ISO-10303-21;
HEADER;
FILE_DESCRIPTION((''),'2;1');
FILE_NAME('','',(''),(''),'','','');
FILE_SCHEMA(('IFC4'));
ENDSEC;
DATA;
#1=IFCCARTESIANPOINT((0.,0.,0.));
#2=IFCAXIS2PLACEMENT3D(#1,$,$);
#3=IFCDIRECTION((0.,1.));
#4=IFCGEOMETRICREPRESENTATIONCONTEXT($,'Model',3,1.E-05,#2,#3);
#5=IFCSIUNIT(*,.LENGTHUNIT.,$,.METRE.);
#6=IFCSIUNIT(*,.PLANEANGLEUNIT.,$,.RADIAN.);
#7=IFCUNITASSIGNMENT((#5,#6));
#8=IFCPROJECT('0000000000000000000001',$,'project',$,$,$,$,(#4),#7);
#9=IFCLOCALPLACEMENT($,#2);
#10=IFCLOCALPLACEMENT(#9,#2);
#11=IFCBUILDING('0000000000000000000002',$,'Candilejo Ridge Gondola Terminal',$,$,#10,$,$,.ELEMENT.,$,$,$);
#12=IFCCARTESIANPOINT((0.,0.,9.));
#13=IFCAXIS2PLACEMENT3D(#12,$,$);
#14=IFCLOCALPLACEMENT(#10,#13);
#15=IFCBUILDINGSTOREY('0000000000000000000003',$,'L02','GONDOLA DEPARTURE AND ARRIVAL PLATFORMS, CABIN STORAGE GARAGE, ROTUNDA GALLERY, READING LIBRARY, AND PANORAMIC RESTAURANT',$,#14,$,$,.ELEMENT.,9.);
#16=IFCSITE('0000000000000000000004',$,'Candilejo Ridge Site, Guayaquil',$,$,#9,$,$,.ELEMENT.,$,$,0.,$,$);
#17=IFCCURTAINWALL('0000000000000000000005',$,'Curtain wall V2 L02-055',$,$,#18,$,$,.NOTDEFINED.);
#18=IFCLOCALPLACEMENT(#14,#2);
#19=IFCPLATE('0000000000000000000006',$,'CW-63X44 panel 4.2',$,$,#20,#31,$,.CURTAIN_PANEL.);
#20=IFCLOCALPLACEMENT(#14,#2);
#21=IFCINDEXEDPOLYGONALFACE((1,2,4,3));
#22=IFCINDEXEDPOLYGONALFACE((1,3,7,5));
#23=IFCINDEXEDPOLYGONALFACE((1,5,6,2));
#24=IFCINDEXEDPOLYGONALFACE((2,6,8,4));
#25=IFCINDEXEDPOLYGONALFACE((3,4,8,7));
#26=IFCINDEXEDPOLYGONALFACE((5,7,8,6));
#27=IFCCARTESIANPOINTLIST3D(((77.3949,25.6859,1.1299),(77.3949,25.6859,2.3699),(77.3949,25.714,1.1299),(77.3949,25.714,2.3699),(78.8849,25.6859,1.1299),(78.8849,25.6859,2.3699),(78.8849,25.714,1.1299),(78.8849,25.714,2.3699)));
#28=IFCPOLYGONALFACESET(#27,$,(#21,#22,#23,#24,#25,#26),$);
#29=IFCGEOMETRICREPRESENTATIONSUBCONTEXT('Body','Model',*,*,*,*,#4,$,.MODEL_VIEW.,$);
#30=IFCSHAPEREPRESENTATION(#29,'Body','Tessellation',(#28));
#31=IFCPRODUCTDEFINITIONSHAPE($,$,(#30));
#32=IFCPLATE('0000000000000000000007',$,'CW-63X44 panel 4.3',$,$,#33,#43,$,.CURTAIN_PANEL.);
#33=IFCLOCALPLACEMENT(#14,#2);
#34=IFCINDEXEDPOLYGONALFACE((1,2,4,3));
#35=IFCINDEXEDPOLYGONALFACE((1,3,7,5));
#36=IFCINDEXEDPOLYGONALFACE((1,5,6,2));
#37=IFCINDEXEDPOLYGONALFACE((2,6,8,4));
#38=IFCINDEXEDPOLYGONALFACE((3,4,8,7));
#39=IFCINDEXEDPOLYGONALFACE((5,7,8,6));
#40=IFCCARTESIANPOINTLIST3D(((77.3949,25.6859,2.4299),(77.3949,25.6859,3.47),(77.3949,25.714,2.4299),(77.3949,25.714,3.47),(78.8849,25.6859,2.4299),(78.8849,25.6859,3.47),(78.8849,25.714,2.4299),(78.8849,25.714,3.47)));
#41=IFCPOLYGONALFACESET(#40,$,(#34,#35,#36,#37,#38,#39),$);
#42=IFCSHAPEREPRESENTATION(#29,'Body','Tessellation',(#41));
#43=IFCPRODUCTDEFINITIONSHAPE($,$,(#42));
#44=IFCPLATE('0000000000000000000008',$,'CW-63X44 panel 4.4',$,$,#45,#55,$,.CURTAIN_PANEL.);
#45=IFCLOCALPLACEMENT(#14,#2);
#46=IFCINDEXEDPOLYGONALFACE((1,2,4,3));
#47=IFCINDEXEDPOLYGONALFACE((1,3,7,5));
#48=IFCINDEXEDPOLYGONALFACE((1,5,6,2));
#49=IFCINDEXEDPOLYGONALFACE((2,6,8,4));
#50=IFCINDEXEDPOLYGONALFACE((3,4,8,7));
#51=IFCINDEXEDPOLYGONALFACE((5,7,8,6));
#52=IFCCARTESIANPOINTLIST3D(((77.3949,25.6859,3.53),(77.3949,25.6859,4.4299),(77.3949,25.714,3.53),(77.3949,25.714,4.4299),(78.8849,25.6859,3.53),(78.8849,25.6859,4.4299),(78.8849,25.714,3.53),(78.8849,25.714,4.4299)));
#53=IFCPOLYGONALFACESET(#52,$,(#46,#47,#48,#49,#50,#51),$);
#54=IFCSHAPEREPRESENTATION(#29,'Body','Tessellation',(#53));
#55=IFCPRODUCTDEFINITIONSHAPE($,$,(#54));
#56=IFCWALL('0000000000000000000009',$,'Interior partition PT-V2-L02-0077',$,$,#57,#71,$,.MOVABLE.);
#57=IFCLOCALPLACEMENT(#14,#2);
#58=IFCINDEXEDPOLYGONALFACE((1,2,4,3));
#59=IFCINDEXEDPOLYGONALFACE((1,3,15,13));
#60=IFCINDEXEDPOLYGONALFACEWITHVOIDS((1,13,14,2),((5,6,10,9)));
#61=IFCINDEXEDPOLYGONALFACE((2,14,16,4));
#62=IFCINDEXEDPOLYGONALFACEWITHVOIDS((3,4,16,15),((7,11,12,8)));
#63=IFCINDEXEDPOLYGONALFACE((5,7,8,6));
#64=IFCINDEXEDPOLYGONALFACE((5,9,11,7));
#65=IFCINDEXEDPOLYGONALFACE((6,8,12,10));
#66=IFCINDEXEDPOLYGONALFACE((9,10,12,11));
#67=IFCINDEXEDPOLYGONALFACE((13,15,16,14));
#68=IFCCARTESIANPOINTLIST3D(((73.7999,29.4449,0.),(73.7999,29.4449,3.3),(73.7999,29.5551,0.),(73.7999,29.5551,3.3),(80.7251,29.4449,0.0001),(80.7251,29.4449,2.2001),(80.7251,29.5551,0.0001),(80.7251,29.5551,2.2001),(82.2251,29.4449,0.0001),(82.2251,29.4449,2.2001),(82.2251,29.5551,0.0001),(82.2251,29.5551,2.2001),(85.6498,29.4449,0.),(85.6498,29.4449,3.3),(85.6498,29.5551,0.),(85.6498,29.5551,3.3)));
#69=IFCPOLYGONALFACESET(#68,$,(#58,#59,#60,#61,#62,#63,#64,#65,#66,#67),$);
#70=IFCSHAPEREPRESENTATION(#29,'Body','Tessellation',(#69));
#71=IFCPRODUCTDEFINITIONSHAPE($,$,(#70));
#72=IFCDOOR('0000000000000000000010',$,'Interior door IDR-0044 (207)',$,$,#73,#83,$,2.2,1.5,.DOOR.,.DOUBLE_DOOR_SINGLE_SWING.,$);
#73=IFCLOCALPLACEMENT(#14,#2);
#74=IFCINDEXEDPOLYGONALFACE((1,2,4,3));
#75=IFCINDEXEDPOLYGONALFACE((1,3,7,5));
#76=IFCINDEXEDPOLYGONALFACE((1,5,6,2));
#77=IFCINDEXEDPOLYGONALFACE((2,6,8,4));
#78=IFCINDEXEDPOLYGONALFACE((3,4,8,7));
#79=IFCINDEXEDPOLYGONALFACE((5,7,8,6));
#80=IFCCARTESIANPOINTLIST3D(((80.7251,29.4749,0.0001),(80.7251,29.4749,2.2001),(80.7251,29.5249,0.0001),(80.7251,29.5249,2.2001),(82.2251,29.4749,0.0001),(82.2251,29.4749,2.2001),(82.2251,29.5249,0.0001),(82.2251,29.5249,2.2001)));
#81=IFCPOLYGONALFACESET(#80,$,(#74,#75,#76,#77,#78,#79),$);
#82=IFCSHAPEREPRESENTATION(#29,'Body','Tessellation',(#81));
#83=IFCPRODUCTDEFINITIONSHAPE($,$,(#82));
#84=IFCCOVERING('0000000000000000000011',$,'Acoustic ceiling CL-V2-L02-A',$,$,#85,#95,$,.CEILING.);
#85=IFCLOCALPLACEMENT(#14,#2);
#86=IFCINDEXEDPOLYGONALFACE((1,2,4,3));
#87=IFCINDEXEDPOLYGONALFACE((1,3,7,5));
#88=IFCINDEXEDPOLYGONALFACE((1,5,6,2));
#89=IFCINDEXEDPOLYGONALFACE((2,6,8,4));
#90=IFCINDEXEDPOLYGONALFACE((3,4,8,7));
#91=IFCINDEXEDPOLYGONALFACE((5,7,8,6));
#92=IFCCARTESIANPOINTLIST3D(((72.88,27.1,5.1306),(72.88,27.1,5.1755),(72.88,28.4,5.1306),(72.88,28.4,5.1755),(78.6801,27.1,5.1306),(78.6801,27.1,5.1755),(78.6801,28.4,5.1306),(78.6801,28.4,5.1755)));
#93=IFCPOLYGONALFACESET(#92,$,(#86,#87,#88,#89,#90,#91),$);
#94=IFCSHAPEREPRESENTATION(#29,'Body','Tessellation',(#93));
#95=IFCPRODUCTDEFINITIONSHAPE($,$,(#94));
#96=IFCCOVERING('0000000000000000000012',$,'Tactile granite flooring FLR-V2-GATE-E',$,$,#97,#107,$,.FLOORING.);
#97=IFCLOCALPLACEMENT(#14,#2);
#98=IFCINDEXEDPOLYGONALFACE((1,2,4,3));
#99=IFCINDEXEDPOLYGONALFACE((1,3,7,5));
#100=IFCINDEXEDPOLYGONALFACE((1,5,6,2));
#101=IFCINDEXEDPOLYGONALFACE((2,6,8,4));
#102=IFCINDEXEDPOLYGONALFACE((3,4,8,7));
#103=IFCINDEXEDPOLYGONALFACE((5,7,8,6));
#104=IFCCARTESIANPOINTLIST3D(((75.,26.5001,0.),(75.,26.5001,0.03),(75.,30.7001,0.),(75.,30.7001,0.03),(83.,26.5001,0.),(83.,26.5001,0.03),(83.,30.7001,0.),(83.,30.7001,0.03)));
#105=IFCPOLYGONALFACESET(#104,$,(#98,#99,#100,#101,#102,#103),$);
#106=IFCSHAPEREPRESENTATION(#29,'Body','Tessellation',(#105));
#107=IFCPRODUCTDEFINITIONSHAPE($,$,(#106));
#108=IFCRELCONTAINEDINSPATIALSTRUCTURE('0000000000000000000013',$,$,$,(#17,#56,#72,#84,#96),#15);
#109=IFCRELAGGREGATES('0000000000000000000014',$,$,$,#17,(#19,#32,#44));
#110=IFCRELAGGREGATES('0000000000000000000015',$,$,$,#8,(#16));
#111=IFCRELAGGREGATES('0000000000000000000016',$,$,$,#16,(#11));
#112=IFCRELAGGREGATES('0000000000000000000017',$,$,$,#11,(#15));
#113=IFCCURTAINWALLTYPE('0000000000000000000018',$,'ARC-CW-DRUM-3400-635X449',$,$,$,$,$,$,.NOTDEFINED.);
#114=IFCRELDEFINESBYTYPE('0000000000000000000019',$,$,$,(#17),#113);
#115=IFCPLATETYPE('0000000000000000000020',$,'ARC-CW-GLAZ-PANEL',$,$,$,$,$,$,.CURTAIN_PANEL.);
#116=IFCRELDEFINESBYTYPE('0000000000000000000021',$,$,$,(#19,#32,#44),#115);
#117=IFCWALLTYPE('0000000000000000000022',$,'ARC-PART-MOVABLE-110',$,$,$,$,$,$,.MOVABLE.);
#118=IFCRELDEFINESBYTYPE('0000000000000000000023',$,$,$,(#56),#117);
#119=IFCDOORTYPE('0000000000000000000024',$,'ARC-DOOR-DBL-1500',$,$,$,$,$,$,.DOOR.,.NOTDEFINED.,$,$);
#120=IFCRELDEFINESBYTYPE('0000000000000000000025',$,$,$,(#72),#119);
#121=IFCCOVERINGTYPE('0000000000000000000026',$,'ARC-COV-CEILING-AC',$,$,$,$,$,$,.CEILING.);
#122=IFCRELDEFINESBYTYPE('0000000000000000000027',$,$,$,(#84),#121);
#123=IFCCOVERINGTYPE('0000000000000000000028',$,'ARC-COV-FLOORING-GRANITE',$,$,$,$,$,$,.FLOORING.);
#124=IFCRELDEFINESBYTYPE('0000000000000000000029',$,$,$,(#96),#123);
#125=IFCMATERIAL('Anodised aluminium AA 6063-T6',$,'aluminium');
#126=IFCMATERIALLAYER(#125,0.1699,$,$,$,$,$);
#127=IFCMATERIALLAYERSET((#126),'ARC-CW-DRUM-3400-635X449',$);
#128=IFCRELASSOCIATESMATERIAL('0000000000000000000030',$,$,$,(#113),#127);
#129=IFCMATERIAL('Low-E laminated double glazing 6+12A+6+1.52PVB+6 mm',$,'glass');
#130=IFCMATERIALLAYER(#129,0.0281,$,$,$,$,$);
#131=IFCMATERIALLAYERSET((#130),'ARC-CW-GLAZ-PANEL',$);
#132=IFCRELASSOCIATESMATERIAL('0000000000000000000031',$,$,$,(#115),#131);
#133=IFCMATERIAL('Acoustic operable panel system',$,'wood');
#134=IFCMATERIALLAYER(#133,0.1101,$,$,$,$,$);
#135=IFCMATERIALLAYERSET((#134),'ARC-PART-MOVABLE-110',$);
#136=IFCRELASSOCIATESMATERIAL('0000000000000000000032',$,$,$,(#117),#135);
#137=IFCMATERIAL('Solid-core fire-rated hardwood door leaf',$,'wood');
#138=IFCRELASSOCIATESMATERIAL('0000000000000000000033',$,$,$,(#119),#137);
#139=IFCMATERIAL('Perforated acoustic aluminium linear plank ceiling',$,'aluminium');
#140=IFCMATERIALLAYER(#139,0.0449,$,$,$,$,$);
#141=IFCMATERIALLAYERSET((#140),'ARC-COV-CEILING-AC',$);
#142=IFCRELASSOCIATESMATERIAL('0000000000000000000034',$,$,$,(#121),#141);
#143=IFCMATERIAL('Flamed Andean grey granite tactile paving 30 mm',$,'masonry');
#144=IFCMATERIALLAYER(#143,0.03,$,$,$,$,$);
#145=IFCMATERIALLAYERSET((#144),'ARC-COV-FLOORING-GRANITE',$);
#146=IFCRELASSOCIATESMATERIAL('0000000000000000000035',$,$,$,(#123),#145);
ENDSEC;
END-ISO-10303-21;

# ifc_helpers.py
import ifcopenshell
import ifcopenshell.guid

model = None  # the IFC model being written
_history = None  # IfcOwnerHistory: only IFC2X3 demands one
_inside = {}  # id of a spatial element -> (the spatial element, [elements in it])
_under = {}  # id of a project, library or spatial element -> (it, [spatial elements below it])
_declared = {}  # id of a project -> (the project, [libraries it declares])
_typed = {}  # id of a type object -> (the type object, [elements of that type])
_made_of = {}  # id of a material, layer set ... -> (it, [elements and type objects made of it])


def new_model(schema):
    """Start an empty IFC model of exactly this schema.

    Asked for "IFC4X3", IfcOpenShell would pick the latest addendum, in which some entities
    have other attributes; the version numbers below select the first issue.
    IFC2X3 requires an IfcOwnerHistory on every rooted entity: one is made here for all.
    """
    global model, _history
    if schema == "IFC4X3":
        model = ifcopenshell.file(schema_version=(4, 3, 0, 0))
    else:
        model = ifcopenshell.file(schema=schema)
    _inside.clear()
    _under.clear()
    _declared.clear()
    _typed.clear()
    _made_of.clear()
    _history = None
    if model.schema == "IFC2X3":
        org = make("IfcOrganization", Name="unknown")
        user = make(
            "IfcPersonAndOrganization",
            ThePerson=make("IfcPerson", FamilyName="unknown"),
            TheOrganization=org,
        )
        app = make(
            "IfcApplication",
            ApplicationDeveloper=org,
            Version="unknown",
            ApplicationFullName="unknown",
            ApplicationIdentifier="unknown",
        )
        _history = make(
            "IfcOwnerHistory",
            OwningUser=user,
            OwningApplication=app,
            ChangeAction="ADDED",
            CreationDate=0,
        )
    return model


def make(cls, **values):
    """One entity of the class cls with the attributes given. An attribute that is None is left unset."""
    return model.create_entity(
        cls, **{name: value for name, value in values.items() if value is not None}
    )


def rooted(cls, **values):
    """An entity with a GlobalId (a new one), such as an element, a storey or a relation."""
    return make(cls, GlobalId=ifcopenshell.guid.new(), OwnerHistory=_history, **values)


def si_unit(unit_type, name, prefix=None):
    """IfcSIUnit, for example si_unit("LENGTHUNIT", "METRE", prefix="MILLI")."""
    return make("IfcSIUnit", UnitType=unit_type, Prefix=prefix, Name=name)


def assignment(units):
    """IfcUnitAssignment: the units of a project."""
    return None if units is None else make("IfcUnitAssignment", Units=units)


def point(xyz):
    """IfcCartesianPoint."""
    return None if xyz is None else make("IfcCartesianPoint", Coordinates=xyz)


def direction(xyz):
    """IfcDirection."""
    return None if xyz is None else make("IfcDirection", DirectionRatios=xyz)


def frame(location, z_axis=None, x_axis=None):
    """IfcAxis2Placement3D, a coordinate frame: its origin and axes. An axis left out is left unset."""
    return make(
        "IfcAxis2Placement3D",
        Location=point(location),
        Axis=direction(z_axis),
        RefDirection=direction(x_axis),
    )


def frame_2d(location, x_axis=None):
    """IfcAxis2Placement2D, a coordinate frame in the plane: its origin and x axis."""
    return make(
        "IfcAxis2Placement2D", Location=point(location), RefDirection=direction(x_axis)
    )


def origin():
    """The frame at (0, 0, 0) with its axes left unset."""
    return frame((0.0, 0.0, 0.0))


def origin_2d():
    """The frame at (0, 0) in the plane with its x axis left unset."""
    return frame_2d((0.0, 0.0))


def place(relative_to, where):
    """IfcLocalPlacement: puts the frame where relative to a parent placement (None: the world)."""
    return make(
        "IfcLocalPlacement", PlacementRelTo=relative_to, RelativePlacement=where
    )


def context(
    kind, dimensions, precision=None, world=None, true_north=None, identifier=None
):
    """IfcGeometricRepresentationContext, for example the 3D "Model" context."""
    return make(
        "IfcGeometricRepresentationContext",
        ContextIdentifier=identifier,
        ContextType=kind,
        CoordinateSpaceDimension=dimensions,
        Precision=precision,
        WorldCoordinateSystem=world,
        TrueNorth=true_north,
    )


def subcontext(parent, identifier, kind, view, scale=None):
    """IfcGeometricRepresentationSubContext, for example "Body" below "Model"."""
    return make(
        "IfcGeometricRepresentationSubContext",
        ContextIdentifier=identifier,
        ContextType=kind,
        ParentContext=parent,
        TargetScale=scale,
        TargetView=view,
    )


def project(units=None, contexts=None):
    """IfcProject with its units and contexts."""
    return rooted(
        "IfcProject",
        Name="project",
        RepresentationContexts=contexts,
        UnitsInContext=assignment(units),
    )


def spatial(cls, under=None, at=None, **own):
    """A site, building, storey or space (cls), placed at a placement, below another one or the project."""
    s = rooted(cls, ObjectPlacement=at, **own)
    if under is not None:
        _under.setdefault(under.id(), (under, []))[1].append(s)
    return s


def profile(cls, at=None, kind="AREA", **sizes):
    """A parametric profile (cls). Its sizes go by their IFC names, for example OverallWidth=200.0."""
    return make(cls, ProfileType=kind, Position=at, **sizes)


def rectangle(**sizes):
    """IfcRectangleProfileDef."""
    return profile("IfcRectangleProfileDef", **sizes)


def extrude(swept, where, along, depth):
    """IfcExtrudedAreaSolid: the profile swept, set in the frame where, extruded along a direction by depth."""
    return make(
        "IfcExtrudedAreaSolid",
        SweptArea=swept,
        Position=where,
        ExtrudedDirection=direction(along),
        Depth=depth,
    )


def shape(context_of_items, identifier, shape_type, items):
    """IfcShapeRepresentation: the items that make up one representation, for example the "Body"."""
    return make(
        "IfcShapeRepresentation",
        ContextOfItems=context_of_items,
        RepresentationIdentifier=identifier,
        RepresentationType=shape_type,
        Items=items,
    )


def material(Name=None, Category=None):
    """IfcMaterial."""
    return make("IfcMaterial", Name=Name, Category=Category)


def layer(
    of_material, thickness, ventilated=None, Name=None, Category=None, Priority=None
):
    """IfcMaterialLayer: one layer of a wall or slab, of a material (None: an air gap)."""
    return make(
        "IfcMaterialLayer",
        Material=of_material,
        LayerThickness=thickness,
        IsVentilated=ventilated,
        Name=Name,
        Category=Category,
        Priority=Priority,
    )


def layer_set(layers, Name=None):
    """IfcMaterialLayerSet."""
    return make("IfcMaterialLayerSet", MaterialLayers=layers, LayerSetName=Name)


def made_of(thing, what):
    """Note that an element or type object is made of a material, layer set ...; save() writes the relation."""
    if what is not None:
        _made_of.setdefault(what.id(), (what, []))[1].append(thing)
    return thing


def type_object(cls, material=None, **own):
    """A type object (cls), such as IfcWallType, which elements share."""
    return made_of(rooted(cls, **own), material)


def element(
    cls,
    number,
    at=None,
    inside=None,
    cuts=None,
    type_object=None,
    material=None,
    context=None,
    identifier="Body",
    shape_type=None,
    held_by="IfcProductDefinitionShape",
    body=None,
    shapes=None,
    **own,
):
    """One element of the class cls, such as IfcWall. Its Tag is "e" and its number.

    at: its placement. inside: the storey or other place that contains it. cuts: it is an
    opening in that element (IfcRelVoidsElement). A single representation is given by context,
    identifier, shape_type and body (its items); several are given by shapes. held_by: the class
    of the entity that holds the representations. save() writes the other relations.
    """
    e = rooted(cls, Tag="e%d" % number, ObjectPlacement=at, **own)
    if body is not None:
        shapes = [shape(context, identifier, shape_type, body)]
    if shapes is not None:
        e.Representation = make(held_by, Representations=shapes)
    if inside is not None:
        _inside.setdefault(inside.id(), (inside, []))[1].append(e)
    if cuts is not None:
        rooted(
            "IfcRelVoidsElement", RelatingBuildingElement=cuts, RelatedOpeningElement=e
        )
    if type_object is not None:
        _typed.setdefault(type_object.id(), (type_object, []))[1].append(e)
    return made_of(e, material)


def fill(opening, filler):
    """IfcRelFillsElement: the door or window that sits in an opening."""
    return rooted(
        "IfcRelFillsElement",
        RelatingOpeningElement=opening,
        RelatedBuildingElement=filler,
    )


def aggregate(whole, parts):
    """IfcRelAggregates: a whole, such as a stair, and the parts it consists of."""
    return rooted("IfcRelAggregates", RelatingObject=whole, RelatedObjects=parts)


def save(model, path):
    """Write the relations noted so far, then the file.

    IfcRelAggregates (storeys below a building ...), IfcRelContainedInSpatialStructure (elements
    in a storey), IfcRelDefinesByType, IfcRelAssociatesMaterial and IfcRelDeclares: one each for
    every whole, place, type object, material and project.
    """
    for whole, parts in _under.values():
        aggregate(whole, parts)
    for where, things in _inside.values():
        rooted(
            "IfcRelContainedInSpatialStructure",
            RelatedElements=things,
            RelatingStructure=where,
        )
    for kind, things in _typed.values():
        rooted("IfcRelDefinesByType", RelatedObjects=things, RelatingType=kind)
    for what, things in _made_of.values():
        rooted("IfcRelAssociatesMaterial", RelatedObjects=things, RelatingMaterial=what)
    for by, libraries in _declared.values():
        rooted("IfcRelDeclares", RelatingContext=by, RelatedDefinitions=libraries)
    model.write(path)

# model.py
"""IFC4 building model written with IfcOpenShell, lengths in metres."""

from ifc_helpers import new_model, si_unit, direction, frame, frame_2d, origin, origin_2d, place, context, subcontext, project, spatial, rectangle, extrude, material, layer, layer_set, type_object, element, fill, aggregate, save


model = new_model("IFC4")

# Units and contexts
model_context = context("Model", 3, precision=1e-05, world=origin(), true_north=direction((0.0, 1.0)))
body_context = subcontext(model_context, "Body", "Model", "MODEL_VIEW")
ifc_project = project(units=[si_unit("LENGTHUNIT", "METRE"), si_unit("PLANEANGLEUNIT", "RADIAN")], contexts=[model_context])

# Site, building, storey
site_placement = place(None, origin())
site = spatial("IfcSite", under=ifc_project, at=site_placement, Name="Candilejo Ridge Site, Guayaquil", CompositionType="ELEMENT", RefElevation=0.0)
building_placement = place(site_placement, origin())
building = spatial("IfcBuilding", under=site, at=building_placement, Name="Candilejo Ridge Gondola Terminal", CompositionType="ELEMENT")
storey_placement = place(building_placement, frame((0.0, 0.0, 9.0)))
storey = spatial("IfcBuildingStorey", under=building, at=storey_placement, Name="L02", Description="GONDOLA DEPARTURE AND ARRIVAL PLATFORMS, CABIN STORAGE GARAGE, ROTUNDA GALLERY, READING LIBRARY, AND PANORAMIC RESTAURANT", CompositionType="ELEMENT", Elevation=9.0)

# Curtain wall, plates
ifc_material_1 = material(Name="Anodised aluminium AA 6063-T6", Category="aluminium")
ifc_layer_1 = layer(ifc_material_1, 0.1699)
ifc_layer_set_1 = layer_set([ifc_layer_1], Name="ARC-CW-DRUM-3400-635X449")
curtain_wall_type = type_object("IfcCurtainWallType", Name="ARC-CW-DRUM-3400-635X449", PredefinedType="NOTDEFINED", material=ifc_layer_set_1)
curtain_wall_placement = place(storey_placement, origin())
curtain_wall = element("IfcCurtainWall", 1, at=curtain_wall_placement, inside=storey, type_object=curtain_wall_type, Name="Curtain wall V2 L02-055", PredefinedType="NOTDEFINED")
ifc_material_2 = material(Name="Low-E laminated double glazing 6+12A+6+1.52PVB+6 mm", Category="glass")
ifc_layer_2 = layer(ifc_material_2, 0.0281)
ifc_layer_set_2 = layer_set([ifc_layer_2], Name="ARC-CW-GLAZ-PANEL")
plate_type = type_object("IfcPlateType", Name="ARC-CW-GLAZ-PANEL", PredefinedType="CURTAIN_PANEL", material=ifc_layer_set_2)
plate_1_placement = place(storey_placement, frame((78.1399, 25.7, 1.1299), z_axis=(0.0, 0.0, 1.0), x_axis=(1.0, 0.0, 0.0)))
plate_1 = element("IfcPlate", 2, at=plate_1_placement, type_object=plate_type, Name="CW-63X44 panel 4.2", PredefinedType="CURTAIN_PANEL", context=body_context, shape_type="SweptSolid", body=[
    extrude(rectangle(XDim=1.49, YDim=0.0281, at=origin_2d()), origin(), (0.0, 0.0, 1.0), 1.24),
])
plate_2_placement = place(storey_placement, frame((78.1399, 25.7, 2.4299), z_axis=(0.0, 0.0, 1.0), x_axis=(1.0, 0.0, 0.0)))
plate_2 = element("IfcPlate", 3, at=plate_2_placement, type_object=plate_type, Name="CW-63X44 panel 4.3", PredefinedType="CURTAIN_PANEL", context=body_context, shape_type="SweptSolid", body=[
    extrude(rectangle(XDim=1.49, YDim=0.0281, at=origin_2d()), origin(), (0.0, 0.0, 1.0), 1.04),
])
plate_3_placement = place(storey_placement, frame((78.1399, 25.7, 3.53), z_axis=(0.0, 0.0, 1.0), x_axis=(1.0, 0.0, 0.0)))
plate_3 = element("IfcPlate", 4, at=plate_3_placement, type_object=plate_type, Name="CW-63X44 panel 4.4", PredefinedType="CURTAIN_PANEL", context=body_context, shape_type="SweptSolid", body=[
    extrude(rectangle(XDim=1.49, YDim=0.0281, at=origin_2d()), origin(), (0.0, 0.0, 1.0), 0.8999),
])
aggregate(curtain_wall, [plate_1, plate_2, plate_3])

# Wall, opening, door
ifc_material_3 = material(Name="Acoustic operable panel system", Category="wood")
ifc_layer_3 = layer(ifc_material_3, 0.1101)
ifc_layer_set_3 = layer_set([ifc_layer_3], Name="ARC-PART-MOVABLE-110")
wall_type = type_object("IfcWallType", Name="ARC-PART-MOVABLE-110", PredefinedType="MOVABLE", material=ifc_layer_set_3)
wall_placement = place(storey_placement, frame((73.8, 29.5, 0.0), z_axis=(0.0, 0.0, 1.0), x_axis=(1.0, 0.0, 0.0)))
wall = element("IfcWall", 5, at=wall_placement, inside=storey, type_object=wall_type, Name="Interior partition PT-V2-L02-0077", PredefinedType="MOVABLE", context=body_context, shape_type="SweptSolid", body=[
    extrude(rectangle(XDim=11.8499, YDim=0.1101, at=frame_2d((5.9248, 0.0))), origin(), (0.0, 0.0, 1.0), 3.3),
])
opening_placement = place(wall_placement, frame((6.925, 0.0, 0.0)))
opening = element("IfcOpeningElement", 6, at=opening_placement, cuts=wall, PredefinedType="OPENING", context=body_context, shape_type="SweptSolid", body=[
    extrude(rectangle(XDim=1.5, YDim=2.2, at=frame_2d((0.75, 1.1001))), frame((0.0, 0.0649, 0.0), z_axis=(0.0, -1.0, 0.0), x_axis=(1.0, 0.0, 0.0)), (0.0, 0.0, 1.0), 0.1301),
])
ifc_material_4 = material(Name="Solid-core fire-rated hardwood door leaf", Category="wood")
door_type = type_object("IfcDoorType", Name="ARC-DOOR-DBL-1500", OperationType="NOTDEFINED", PredefinedType="DOOR", material=ifc_material_4)
door_placement = place(opening_placement, origin())
door = element("IfcDoor", 7, at=door_placement, inside=storey, type_object=door_type, Name="Interior door IDR-0044 (207)", OperationType="DOUBLE_DOOR_SINGLE_SWING", OverallHeight=2.2, OverallWidth=1.5, PredefinedType="DOOR", context=body_context, shape_type="SweptSolid", body=[
    extrude(rectangle(XDim=1.5, YDim=2.2, at=frame_2d((0.75, 1.1001))), frame((0.0, 0.0249, 0.0), z_axis=(0.0, -1.0, 0.0), x_axis=(1.0, 0.0, 0.0)), (0.0, 0.0, 1.0), 0.05),
])
fill(opening, door)

# Coverings
ifc_material_5 = material(Name="Perforated acoustic aluminium linear plank ceiling", Category="aluminium")
ifc_layer_4 = layer(ifc_material_5, 0.0449)
ifc_layer_set_4 = layer_set([ifc_layer_4], Name="ARC-COV-CEILING-AC")
covering_type_1 = type_object("IfcCoveringType", Name="ARC-COV-CEILING-AC", PredefinedType="CEILING", material=ifc_layer_set_4)
covering_1_placement = place(storey_placement, frame((75.78, 27.75, 5.1306), z_axis=(0.0, 0.0, 1.0), x_axis=(1.0, 0.0, 0.0)))
element("IfcCovering", 8, at=covering_1_placement, inside=storey, type_object=covering_type_1, Name="Acoustic ceiling CL-V2-L02-A", PredefinedType="CEILING", context=body_context, shape_type="SweptSolid", body=[
    extrude(rectangle(XDim=5.8, YDim=1.3, at=origin_2d()), origin(), (0.0, 0.0, 1.0), 0.0449),
])
ifc_material_6 = material(Name="Flamed Andean grey granite tactile paving 30 mm", Category="masonry")
ifc_layer_5 = layer(ifc_material_6, 0.03)
ifc_layer_set_5 = layer_set([ifc_layer_5], Name="ARC-COV-FLOORING-GRANITE")
covering_type_2 = type_object("IfcCoveringType", Name="ARC-COV-FLOORING-GRANITE", PredefinedType="FLOORING", material=ifc_layer_set_5)
covering_2_placement = place(storey_placement, frame((79.0, 28.6001, 0.0), z_axis=(0.0, 0.0, 1.0), x_axis=(1.0, 0.0, 0.0)))
element("IfcCovering", 9, at=covering_2_placement, inside=storey, type_object=covering_type_2, Name="Tactile granite flooring FLR-V2-GATE-E", PredefinedType="FLOORING", context=body_context, shape_type="SweptSolid", body=[
    extrude(rectangle(XDim=8.0, YDim=4.2, at=origin_2d()), origin(), (0.0, 0.0, 1.0), 0.03),
])

save(model, "model.ifc")
